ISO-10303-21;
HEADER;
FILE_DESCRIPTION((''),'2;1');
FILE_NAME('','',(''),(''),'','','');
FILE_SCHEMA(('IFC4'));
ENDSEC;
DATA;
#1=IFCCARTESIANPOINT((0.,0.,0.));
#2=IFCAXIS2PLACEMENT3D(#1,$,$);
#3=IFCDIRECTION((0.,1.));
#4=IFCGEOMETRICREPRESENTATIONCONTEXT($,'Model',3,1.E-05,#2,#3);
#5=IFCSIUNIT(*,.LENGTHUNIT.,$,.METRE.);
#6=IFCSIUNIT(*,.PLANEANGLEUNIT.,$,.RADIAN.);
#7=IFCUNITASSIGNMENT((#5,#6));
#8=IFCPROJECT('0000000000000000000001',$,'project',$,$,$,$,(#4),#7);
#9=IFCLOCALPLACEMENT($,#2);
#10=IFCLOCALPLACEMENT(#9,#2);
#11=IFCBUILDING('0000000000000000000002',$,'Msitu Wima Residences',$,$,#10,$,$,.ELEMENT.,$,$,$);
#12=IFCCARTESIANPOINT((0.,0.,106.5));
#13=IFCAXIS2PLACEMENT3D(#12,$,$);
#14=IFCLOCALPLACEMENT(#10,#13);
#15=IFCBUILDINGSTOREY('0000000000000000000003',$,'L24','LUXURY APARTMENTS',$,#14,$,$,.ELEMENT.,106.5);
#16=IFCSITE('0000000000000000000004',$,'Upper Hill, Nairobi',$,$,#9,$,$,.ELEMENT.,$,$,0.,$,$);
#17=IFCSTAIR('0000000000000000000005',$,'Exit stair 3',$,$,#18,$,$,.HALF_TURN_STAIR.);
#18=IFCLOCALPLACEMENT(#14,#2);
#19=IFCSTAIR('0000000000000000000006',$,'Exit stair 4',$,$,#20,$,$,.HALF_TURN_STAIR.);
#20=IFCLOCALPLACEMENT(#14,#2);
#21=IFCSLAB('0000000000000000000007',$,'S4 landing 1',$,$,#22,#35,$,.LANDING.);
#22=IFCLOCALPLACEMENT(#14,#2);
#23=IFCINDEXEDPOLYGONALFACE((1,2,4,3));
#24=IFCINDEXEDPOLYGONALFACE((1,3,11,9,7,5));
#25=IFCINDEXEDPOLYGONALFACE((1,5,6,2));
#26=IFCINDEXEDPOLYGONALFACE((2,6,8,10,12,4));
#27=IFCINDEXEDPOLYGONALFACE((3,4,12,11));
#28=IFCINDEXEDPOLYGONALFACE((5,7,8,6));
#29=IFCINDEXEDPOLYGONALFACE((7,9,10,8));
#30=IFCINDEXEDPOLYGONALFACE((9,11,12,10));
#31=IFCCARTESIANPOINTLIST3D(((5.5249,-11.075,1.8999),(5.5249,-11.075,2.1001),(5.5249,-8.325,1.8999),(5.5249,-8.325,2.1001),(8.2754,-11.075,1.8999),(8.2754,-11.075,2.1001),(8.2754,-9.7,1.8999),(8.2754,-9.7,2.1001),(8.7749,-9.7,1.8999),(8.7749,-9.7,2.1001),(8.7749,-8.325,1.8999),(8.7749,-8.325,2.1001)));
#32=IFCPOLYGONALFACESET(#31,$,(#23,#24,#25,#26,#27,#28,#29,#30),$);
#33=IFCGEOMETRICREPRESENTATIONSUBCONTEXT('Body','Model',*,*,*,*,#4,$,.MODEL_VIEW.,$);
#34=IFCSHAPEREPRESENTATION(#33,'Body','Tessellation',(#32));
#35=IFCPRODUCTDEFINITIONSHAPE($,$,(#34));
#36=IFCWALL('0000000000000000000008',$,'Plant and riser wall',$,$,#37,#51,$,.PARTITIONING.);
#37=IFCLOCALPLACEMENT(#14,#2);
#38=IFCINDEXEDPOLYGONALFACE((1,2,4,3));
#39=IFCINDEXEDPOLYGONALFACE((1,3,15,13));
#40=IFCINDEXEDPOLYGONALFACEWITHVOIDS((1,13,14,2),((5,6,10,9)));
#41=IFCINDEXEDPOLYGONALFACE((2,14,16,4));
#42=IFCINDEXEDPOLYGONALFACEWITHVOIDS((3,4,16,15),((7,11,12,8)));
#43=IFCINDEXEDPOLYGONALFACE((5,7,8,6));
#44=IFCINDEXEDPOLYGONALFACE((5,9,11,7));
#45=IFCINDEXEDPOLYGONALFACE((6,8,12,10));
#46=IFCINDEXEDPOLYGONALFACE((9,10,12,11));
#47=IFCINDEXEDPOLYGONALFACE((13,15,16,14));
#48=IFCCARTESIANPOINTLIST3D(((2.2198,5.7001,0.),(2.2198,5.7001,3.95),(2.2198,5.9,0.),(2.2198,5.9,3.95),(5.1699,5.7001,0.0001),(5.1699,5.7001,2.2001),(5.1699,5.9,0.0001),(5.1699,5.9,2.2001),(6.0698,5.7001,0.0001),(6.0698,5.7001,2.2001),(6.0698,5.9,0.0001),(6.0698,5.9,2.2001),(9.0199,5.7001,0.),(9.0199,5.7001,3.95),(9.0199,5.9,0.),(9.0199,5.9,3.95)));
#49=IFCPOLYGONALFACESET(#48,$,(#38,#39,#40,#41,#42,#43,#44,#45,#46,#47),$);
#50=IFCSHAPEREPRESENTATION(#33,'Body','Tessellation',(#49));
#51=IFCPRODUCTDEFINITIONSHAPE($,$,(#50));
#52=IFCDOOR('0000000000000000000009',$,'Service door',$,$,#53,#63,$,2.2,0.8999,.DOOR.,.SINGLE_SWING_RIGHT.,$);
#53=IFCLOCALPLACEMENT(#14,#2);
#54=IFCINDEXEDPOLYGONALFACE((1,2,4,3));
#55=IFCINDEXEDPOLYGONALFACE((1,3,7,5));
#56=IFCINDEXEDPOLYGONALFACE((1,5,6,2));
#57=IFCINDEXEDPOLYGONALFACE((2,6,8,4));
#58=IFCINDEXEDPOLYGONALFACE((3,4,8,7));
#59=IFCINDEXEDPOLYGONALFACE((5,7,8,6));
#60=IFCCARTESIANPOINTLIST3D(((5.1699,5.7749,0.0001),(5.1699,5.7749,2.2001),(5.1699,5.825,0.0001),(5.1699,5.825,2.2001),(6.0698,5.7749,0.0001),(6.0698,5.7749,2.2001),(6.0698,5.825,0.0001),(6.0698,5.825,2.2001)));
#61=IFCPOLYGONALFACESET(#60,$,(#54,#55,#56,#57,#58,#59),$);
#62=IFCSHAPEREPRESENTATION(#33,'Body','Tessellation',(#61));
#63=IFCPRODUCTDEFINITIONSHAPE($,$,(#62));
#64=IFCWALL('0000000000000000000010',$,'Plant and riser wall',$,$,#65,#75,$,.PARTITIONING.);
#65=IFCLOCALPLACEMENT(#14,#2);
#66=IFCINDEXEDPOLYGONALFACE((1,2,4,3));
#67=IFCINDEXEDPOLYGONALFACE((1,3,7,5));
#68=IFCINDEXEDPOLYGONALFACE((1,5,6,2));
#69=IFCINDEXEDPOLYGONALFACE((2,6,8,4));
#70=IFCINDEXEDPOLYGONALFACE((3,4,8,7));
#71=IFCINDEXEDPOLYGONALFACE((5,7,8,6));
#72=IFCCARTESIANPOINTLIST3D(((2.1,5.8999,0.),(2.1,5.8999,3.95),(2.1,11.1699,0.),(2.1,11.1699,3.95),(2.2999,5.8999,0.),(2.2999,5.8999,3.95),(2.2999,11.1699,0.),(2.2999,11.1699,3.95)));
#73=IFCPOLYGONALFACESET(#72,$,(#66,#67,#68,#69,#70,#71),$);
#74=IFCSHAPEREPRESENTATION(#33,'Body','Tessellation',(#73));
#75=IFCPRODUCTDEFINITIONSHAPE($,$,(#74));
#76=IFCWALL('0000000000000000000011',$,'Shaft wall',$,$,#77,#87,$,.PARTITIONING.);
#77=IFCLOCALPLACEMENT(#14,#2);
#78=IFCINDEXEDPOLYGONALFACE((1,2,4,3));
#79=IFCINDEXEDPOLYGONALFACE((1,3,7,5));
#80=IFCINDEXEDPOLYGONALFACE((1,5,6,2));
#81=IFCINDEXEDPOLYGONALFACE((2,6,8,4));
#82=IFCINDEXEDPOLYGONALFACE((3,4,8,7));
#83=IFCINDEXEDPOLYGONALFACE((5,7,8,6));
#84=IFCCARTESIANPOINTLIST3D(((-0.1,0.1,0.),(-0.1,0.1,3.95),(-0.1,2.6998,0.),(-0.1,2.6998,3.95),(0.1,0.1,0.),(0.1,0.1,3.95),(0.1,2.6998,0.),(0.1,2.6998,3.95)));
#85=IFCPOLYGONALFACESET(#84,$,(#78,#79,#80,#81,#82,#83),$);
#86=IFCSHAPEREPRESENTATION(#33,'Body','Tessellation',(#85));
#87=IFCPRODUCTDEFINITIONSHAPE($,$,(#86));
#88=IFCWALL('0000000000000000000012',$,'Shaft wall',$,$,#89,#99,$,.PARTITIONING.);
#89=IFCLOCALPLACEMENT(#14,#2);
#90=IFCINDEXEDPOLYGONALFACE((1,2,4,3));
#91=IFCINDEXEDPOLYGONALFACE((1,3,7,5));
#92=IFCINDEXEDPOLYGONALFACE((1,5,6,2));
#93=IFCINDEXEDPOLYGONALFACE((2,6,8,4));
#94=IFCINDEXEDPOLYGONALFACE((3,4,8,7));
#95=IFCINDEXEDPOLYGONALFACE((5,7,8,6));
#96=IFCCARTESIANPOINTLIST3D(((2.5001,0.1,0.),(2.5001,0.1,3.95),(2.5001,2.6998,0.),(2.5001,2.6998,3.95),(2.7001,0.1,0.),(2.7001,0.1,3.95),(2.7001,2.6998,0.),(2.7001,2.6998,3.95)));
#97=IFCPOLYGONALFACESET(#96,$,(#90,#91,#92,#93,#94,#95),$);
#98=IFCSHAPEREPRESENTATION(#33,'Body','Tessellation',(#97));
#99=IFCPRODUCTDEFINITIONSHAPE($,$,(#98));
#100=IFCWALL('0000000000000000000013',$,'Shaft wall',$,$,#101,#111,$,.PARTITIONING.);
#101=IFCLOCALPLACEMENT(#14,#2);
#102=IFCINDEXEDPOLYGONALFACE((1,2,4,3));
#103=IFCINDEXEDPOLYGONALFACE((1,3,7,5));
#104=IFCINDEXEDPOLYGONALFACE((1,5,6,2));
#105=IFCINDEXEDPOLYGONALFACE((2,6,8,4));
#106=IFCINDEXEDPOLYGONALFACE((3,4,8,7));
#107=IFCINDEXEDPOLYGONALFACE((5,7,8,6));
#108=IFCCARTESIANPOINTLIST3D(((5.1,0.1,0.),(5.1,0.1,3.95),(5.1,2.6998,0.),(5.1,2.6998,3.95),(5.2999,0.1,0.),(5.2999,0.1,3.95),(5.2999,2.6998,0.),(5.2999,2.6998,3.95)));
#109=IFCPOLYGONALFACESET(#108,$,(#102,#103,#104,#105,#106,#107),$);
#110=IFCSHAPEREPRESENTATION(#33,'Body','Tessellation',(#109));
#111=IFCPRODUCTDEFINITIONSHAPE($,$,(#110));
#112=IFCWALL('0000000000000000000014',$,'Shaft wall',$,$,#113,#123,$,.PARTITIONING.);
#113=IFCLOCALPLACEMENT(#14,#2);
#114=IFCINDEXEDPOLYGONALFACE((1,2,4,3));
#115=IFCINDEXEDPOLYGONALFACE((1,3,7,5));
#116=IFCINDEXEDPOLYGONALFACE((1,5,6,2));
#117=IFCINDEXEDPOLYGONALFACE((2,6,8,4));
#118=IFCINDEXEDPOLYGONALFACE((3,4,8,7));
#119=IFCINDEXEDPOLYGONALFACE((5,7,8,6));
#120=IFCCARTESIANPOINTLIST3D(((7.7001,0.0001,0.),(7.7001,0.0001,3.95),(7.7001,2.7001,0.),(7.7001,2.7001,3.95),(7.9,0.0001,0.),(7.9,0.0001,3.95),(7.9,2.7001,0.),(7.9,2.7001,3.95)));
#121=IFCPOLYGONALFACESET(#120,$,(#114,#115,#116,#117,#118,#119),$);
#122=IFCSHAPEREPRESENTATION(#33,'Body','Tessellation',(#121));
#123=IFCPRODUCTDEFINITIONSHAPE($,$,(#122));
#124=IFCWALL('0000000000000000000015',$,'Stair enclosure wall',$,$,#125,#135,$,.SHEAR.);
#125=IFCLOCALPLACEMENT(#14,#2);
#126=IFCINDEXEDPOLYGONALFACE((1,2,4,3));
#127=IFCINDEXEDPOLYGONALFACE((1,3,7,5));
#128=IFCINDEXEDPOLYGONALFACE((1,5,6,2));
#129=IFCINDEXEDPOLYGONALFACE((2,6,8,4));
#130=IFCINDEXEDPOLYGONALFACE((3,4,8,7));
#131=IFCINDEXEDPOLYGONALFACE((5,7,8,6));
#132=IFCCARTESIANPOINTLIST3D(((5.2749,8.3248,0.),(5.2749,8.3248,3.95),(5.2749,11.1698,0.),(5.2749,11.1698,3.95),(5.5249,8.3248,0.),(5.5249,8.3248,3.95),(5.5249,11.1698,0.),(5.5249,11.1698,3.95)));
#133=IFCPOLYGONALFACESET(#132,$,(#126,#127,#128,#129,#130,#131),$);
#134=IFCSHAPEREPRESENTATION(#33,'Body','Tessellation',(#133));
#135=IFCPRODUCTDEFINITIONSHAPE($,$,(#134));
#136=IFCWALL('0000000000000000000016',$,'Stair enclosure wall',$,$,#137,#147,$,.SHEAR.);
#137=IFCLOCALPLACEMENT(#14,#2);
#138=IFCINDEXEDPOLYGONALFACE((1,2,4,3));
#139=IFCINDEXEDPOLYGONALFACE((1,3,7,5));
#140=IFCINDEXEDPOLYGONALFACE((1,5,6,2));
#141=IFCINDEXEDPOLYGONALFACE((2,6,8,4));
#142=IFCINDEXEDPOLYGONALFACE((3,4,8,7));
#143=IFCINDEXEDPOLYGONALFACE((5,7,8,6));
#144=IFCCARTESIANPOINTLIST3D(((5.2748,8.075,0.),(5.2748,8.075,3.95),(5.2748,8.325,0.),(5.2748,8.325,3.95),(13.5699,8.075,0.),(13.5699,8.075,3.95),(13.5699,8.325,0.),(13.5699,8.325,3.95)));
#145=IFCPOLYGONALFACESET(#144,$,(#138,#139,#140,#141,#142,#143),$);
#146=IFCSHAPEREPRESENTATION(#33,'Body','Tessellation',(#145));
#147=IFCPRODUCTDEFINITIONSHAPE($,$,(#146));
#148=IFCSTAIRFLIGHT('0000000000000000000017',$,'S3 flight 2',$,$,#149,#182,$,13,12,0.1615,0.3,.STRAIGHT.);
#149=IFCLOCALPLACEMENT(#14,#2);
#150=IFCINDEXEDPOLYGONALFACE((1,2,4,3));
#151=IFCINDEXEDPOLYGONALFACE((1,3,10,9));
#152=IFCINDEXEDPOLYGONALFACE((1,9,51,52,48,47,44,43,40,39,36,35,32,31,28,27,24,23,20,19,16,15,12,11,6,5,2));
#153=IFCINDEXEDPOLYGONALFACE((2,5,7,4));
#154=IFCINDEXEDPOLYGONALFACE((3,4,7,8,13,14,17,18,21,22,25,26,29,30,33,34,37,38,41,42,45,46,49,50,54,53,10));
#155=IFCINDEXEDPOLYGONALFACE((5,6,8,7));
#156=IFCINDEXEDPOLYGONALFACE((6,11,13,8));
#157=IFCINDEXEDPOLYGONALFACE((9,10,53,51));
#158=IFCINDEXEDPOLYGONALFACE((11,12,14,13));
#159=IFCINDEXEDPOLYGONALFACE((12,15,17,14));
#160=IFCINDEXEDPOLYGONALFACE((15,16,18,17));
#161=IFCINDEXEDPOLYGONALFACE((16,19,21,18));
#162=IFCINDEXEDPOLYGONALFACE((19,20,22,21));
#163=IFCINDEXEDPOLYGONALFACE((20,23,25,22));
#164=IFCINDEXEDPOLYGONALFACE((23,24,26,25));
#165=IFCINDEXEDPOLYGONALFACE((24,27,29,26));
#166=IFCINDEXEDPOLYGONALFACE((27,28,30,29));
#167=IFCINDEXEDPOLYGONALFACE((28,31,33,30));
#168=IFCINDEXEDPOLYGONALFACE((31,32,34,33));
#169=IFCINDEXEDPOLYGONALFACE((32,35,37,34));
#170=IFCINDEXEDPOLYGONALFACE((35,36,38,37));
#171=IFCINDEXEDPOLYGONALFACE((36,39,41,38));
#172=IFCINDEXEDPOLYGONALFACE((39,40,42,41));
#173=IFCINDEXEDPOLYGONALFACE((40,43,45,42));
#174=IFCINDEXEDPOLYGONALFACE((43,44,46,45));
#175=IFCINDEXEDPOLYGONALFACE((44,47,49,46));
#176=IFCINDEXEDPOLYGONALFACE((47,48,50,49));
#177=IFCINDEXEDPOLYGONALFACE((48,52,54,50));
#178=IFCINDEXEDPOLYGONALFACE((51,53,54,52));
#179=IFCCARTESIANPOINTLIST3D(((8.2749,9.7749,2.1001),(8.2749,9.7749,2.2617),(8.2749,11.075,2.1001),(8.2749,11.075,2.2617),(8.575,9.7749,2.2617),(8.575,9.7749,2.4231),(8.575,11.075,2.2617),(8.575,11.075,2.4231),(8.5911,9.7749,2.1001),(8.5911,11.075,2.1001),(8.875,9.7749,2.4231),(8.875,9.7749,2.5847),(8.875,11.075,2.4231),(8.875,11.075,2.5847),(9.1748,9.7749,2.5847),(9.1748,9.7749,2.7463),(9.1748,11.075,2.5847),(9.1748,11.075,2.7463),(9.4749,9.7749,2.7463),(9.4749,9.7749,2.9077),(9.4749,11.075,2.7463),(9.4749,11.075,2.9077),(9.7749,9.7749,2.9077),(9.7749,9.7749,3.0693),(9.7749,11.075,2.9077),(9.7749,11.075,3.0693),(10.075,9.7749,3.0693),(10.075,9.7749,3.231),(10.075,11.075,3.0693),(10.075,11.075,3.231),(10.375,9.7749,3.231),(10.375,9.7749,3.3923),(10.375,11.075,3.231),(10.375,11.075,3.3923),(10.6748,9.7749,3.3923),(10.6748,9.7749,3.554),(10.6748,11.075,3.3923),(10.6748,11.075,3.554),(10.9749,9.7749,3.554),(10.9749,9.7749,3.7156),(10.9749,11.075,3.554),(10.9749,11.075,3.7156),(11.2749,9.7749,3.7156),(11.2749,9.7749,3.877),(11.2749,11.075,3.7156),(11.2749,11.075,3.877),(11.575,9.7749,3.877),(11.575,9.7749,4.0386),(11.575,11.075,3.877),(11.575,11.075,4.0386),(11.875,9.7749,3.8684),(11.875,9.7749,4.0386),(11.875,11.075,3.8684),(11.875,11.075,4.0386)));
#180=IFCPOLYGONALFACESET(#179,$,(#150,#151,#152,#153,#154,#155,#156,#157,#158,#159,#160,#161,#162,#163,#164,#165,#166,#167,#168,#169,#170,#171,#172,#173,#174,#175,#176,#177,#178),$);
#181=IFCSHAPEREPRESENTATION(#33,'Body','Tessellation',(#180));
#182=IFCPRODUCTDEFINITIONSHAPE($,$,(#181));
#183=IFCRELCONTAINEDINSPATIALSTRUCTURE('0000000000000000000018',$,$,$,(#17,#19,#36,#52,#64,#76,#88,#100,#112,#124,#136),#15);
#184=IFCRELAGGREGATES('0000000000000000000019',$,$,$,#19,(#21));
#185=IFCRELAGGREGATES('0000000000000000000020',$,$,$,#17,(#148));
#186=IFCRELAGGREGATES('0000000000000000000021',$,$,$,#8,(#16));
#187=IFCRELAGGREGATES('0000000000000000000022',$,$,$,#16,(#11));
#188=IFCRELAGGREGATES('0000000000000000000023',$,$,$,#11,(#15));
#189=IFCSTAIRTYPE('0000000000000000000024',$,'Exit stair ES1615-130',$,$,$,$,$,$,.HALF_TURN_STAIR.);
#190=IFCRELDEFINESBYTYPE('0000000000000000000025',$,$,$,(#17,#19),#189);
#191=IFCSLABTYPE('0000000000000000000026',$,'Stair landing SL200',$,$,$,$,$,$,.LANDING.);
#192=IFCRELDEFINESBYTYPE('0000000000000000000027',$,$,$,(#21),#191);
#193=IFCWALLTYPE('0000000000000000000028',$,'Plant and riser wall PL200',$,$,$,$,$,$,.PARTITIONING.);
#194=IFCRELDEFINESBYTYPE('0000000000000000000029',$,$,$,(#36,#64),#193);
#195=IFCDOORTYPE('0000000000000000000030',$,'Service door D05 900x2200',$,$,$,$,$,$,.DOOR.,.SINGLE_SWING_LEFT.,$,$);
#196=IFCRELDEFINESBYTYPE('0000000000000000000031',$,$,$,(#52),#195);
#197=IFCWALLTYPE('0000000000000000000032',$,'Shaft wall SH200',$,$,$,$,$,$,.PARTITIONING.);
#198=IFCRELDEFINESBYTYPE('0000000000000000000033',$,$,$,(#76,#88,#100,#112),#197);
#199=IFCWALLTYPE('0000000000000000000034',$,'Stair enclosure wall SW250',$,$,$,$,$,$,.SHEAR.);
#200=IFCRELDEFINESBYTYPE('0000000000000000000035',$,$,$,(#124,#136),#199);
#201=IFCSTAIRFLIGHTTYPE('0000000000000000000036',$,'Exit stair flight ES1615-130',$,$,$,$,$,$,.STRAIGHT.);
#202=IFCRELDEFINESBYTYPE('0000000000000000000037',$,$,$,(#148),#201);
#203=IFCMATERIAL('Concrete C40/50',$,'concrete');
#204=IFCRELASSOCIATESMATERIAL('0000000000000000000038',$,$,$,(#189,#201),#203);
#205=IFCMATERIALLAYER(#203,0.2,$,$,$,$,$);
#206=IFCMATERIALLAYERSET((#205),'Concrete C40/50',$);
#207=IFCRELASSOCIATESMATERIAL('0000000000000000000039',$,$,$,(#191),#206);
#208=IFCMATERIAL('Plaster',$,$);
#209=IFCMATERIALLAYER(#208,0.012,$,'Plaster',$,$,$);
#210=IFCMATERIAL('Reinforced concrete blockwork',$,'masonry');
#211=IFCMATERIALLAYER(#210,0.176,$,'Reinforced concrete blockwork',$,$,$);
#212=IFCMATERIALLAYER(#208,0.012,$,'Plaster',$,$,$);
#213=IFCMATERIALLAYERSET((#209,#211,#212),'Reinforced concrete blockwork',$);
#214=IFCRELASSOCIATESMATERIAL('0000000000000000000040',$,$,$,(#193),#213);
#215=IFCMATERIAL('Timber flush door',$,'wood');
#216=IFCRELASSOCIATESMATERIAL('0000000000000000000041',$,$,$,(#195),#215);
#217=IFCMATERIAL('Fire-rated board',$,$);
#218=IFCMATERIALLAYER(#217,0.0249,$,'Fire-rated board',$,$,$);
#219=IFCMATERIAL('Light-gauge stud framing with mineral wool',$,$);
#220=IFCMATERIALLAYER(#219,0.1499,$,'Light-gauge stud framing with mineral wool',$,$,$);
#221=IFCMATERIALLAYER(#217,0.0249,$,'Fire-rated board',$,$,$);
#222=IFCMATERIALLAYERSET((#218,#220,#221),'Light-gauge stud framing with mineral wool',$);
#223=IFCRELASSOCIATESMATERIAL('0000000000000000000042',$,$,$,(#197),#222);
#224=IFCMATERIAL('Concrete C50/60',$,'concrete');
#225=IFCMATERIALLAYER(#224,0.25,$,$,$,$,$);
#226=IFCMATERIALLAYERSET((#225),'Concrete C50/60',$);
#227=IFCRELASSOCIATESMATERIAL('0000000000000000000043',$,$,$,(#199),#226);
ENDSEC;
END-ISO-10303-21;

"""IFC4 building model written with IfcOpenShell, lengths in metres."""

from ifc_helpers import new_model, si_unit, direction, frame, frame_2d, origin, place, context, subcontext, project, spatial, polyline, rectangle, outline, extrude, material, layer, layer_set, type_object, element, fill, aggregate, save


model = new_model("IFC4")

# Units and contexts
model_context = context("Model", 3, precision=1e-05, world=origin(), true_north=direction((0.0, 1.0)))
body_context = subcontext(model_context, "Body", "Model", "MODEL_VIEW")
ifc_project = project(units=[si_unit("LENGTHUNIT", "METRE"), si_unit("PLANEANGLEUNIT", "RADIAN")], contexts=[model_context])

# Site, building, storey
site_placement = place(None, origin())
site = spatial("IfcSite", under=ifc_project, at=site_placement, Name="Upper Hill, Nairobi", CompositionType="ELEMENT", RefElevation=0.0)
building_placement = place(site_placement, origin())
building = spatial("IfcBuilding", under=site, at=building_placement, Name="Msitu Wima Residences", CompositionType="ELEMENT")
storey_placement = place(building_placement, frame((0.0, 0.0, 106.5)))
storey = spatial("IfcBuildingStorey", under=building, at=storey_placement, Name="L24", Description="LUXURY APARTMENTS", CompositionType="ELEMENT", Elevation=106.5)

# Shared definitions
ifc_material_1 = material(Name="Concrete C40/50", Category="concrete")

# Stairs, slab
stair_type = type_object("IfcStairType", Name="Exit stair ES1615-130", PredefinedType="HALF_TURN_STAIR", material=ifc_material_1)
ifc_layer_1 = layer(ifc_material_1, 0.2)
ifc_layer_set_1 = layer_set([ifc_layer_1], Name="Concrete C40/50")
slab_type_1 = type_object("IfcSlabType", Name="Stair landing SL200", PredefinedType="LANDING", material=ifc_layer_set_1)
stair_1_placement = place(storey_placement, origin())
stair_1 = element("IfcStair", 1, at=stair_1_placement, inside=storey, type_object=stair_type, Name="Exit stair 3", PredefinedType="HALF_TURN_STAIR")
stair_2_placement = place(storey_placement, origin())
stair_2 = element("IfcStair", 2, at=stair_2_placement, inside=storey, type_object=stair_type, Name="Exit stair 4", PredefinedType="HALF_TURN_STAIR")
slab_1_placement = place(storey_placement, frame((0.0, 0.0, 1.8999)))
slab_1 = element("IfcSlab", 3, at=slab_1_placement, type_object=slab_type_1, Name="S4 landing 1", PredefinedType="LANDING", context=body_context, shape_type="SweptSolid", body=[
    extrude(outline(polyline([(5.5249, -11.075), (8.2754, -11.075), (8.2754, -9.7), (8.7749, -9.7), (8.7749, -8.325), (5.5249, -8.325), (5.5249, -11.075)])), origin(), (0.0, 0.0, 1.0), 0.2002),
])
aggregate(stair_2, [slab_1])

# Wall, opening, door
ifc_material_2 = material(Name="Plaster")
ifc_layer_2 = layer(ifc_material_2, 0.012, Name="Plaster")
ifc_material_3 = material(Name="Reinforced concrete blockwork", Category="masonry")
ifc_layer_3 = layer(ifc_material_3, 0.176, Name="Reinforced concrete blockwork")
ifc_layer_4 = layer(ifc_material_2, 0.012, Name="Plaster")
ifc_layer_set_2 = layer_set([ifc_layer_2, ifc_layer_3, ifc_layer_4], Name="Reinforced concrete blockwork")
wall_type_1 = type_object("IfcWallType", Name="Plant and riser wall PL200", PredefinedType="PARTITIONING", material=ifc_layer_set_2)
wall_1_placement = place(storey_placement, frame((2.22, 5.8, 0.0), z_axis=(0.0, 0.0, 1.0), x_axis=(1.0, 0.0, 0.0)))
wall_1 = element("IfcWall", 4, at=wall_1_placement, inside=storey, type_object=wall_type_1, Name="Plant and riser wall", PredefinedType="PARTITIONING", context=body_context, shape_type="SweptSolid", body=[
    extrude(rectangle(XDim=6.8, YDim=0.2, at=frame_2d((3.3999, 0.0))), origin(), (0.0, 0.0, 1.0), 3.95),
])
opening_placement = place(wall_1_placement, frame((2.95, 0.0, 0.0)))
opening = element("IfcOpeningElement", 5, at=opening_placement, cuts=wall_1, PredefinedType="OPENING", context=body_context, shape_type="SweptSolid", body=[
    extrude(rectangle(XDim=0.8999, YDim=2.2, at=frame_2d((0.45, 1.1001))), frame((0.0, 0.1099, 0.0), z_axis=(0.0, -1.0, 0.0), x_axis=(1.0, 0.0, 0.0)), (0.0, 0.0, 1.0), 0.22),
])
ifc_material_4 = material(Name="Timber flush door", Category="wood")
door_type = type_object("IfcDoorType", Name="Service door D05 900x2200", OperationType="SINGLE_SWING_LEFT", PredefinedType="DOOR", material=ifc_material_4)
door_placement = place(opening_placement, origin())
door = element("IfcDoor", 6, at=door_placement, inside=storey, type_object=door_type, Name="Service door", OperationType="SINGLE_SWING_RIGHT", OverallHeight=2.2, OverallWidth=0.8999, PredefinedType="DOOR", context=body_context, shape_type="SweptSolid", body=[
    extrude(rectangle(XDim=0.8999, YDim=2.2, at=frame_2d((0.45, 1.1001))), frame((0.0, 0.0249, 0.0), z_axis=(0.0, -1.0, 0.0), x_axis=(1.0, 0.0, 0.0)), (0.0, 0.0, 1.0), 0.05),
])
fill(opening, door)

# Walls
wall_2_placement = place(storey_placement, frame((2.2, 5.8999, 0.0), z_axis=(0.0, 0.0, 1.0), x_axis=(0.0, 1.0, 0.0)))
element("IfcWall", 7, at=wall_2_placement, inside=storey, type_object=wall_type_1, Name="Plant and riser wall", PredefinedType="PARTITIONING", context=body_context, shape_type="SweptSolid", body=[
    extrude(rectangle(XDim=5.27, YDim=0.2, at=frame_2d((2.635, 0.0))), origin(), (0.0, 0.0, 1.0), 3.95),
])
ifc_material_5 = material(Name="Fire-rated board")
ifc_layer_5 = layer(ifc_material_5, 0.0249, Name="Fire-rated board")
ifc_material_6 = material(Name="Light-gauge stud framing with mineral wool")
ifc_layer_6 = layer(ifc_material_6, 0.1499, Name="Light-gauge stud framing with mineral wool")
ifc_layer_7 = layer(ifc_material_5, 0.0249, Name="Fire-rated board")
ifc_layer_set_3 = layer_set([ifc_layer_5, ifc_layer_6, ifc_layer_7], Name="Light-gauge stud framing with mineral wool")
wall_type_2 = type_object("IfcWallType", Name="Shaft wall SH200", PredefinedType="PARTITIONING", material=ifc_layer_set_3)
for number, where, z_axis, x_axis, name in (
    (8, (0.0, 0.1001, 0.0), (0.0, 0.0, 1.0), (0.0, 1.0, 0.0), "Shaft wall"),
    (9, (2.6001, 0.1001, 0.0), (0.0, 0.0, 1.0), (0.0, 1.0, 0.0), "Shaft wall"),
    (10, (5.2, 0.1001, 0.0), (0.0, 0.0, 1.0), (0.0, 1.0, 0.0), "Shaft wall"),
):
    element("IfcWall", number, at=place(storey_placement, frame(where, z_axis=z_axis, x_axis=x_axis)), inside=storey, type_object=wall_type_2, Name=name, PredefinedType="PARTITIONING", context=body_context, shape_type="SweptSolid", body=[
        extrude(rectangle(XDim=2.5999, YDim=0.2, at=frame_2d((1.2998, 0.0))), origin(), (0.0, 0.0, 1.0), 3.95),
    ])
wall_3_placement = place(storey_placement, frame((7.8, 0.0, 0.0), z_axis=(0.0, 0.0, 1.0), x_axis=(0.0, 1.0, 0.0)))
element("IfcWall", 11, at=wall_3_placement, inside=storey, type_object=wall_type_2, Name="Shaft wall", PredefinedType="PARTITIONING", context=body_context, shape_type="SweptSolid", body=[
    extrude(rectangle(XDim=2.7, YDim=0.2, at=frame_2d((1.3501, 0.0))), origin(), (0.0, 0.0, 1.0), 3.95),
])
ifc_material_7 = material(Name="Concrete C50/60", Category="concrete")
ifc_layer_8 = layer(ifc_material_7, 0.25)
ifc_layer_set_4 = layer_set([ifc_layer_8], Name="Concrete C50/60")
wall_type_3 = type_object("IfcWallType", Name="Stair enclosure wall SW250", PredefinedType="SHEAR", material=ifc_layer_set_4)
wall_4_placement = place(storey_placement, frame((5.3999, 8.325, 0.0), z_axis=(0.0, 0.0, 1.0), x_axis=(0.0, 1.0, 0.0)))
element("IfcWall", 12, at=wall_4_placement, inside=storey, type_object=wall_type_3, Name="Stair enclosure wall", PredefinedType="SHEAR", context=body_context, shape_type="SweptSolid", body=[
    extrude(rectangle(XDim=2.845, YDim=0.25, at=frame_2d((1.4224, 0.0))), origin(), (0.0, 0.0, 1.0), 3.95),
])
wall_5_placement = place(storey_placement, frame((5.2749, 8.2, 0.0), z_axis=(0.0, 0.0, 1.0), x_axis=(1.0, 0.0, 0.0)))
element("IfcWall", 13, at=wall_5_placement, inside=storey, type_object=wall_type_3, Name="Stair enclosure wall", PredefinedType="SHEAR", context=body_context, shape_type="SweptSolid", body=[
    extrude(rectangle(XDim=8.2952, YDim=0.25, at=frame_2d((4.1475, 0.0))), origin(), (0.0, 0.0, 1.0), 3.95),
])

# Stair flight
stair_flight_type = type_object("IfcStairFlightType", Name="Exit stair flight ES1615-130", PredefinedType="STRAIGHT", material=ifc_material_1)
stair_flight_placement = place(storey_placement, frame((8.2749, 10.425, 2.1001), z_axis=(0.0, 0.0, 1.0), x_axis=(1.0, 0.0, 0.0)))
stair_flight = element("IfcStairFlight", 14, at=stair_flight_placement, type_object=stair_flight_type, Name="S3 flight 2", NumberOfRisers=13, NumberOfTreads=12, PredefinedType="STRAIGHT", RiserHeight=0.1615, TreadLength=0.3, context=body_context, shape_type="SweptSolid", body=[
    extrude(outline(polyline([(0.0, 0.0), (0.0, 0.1616), (0.3, 0.1616), (0.3, 0.323), (0.6001, 0.323), (0.6001, 0.4846), (0.8999, 0.4846), (0.8999, 0.6462), (1.2, 0.6462), (1.2, 0.8076), (1.5, 0.8076), (1.5, 0.9692), (1.8, 0.9692), (1.8, 1.1309), (2.1001, 1.1309), (2.1001, 1.2922), (2.3999, 1.2922), (2.3999, 1.4539), (2.7, 1.4539), (2.7, 1.6155), (3.0, 1.6155), (3.0, 1.7769), (3.3, 1.7769), (3.3, 1.9385), (3.6001, 1.9385), (3.6001, 2.1001), (3.6001, 1.7683), (0.3162, 0.0), (0.0, 0.0)])), frame((0.0, 0.6499, 0.0), z_axis=(0.0, -1.0, 0.0), x_axis=(1.0, 0.0, 0.0)), (0.0, 0.0, 1.0), 1.3),
])
aggregate(stair_1, [stair_flight])

save(model, "model.ifc")
